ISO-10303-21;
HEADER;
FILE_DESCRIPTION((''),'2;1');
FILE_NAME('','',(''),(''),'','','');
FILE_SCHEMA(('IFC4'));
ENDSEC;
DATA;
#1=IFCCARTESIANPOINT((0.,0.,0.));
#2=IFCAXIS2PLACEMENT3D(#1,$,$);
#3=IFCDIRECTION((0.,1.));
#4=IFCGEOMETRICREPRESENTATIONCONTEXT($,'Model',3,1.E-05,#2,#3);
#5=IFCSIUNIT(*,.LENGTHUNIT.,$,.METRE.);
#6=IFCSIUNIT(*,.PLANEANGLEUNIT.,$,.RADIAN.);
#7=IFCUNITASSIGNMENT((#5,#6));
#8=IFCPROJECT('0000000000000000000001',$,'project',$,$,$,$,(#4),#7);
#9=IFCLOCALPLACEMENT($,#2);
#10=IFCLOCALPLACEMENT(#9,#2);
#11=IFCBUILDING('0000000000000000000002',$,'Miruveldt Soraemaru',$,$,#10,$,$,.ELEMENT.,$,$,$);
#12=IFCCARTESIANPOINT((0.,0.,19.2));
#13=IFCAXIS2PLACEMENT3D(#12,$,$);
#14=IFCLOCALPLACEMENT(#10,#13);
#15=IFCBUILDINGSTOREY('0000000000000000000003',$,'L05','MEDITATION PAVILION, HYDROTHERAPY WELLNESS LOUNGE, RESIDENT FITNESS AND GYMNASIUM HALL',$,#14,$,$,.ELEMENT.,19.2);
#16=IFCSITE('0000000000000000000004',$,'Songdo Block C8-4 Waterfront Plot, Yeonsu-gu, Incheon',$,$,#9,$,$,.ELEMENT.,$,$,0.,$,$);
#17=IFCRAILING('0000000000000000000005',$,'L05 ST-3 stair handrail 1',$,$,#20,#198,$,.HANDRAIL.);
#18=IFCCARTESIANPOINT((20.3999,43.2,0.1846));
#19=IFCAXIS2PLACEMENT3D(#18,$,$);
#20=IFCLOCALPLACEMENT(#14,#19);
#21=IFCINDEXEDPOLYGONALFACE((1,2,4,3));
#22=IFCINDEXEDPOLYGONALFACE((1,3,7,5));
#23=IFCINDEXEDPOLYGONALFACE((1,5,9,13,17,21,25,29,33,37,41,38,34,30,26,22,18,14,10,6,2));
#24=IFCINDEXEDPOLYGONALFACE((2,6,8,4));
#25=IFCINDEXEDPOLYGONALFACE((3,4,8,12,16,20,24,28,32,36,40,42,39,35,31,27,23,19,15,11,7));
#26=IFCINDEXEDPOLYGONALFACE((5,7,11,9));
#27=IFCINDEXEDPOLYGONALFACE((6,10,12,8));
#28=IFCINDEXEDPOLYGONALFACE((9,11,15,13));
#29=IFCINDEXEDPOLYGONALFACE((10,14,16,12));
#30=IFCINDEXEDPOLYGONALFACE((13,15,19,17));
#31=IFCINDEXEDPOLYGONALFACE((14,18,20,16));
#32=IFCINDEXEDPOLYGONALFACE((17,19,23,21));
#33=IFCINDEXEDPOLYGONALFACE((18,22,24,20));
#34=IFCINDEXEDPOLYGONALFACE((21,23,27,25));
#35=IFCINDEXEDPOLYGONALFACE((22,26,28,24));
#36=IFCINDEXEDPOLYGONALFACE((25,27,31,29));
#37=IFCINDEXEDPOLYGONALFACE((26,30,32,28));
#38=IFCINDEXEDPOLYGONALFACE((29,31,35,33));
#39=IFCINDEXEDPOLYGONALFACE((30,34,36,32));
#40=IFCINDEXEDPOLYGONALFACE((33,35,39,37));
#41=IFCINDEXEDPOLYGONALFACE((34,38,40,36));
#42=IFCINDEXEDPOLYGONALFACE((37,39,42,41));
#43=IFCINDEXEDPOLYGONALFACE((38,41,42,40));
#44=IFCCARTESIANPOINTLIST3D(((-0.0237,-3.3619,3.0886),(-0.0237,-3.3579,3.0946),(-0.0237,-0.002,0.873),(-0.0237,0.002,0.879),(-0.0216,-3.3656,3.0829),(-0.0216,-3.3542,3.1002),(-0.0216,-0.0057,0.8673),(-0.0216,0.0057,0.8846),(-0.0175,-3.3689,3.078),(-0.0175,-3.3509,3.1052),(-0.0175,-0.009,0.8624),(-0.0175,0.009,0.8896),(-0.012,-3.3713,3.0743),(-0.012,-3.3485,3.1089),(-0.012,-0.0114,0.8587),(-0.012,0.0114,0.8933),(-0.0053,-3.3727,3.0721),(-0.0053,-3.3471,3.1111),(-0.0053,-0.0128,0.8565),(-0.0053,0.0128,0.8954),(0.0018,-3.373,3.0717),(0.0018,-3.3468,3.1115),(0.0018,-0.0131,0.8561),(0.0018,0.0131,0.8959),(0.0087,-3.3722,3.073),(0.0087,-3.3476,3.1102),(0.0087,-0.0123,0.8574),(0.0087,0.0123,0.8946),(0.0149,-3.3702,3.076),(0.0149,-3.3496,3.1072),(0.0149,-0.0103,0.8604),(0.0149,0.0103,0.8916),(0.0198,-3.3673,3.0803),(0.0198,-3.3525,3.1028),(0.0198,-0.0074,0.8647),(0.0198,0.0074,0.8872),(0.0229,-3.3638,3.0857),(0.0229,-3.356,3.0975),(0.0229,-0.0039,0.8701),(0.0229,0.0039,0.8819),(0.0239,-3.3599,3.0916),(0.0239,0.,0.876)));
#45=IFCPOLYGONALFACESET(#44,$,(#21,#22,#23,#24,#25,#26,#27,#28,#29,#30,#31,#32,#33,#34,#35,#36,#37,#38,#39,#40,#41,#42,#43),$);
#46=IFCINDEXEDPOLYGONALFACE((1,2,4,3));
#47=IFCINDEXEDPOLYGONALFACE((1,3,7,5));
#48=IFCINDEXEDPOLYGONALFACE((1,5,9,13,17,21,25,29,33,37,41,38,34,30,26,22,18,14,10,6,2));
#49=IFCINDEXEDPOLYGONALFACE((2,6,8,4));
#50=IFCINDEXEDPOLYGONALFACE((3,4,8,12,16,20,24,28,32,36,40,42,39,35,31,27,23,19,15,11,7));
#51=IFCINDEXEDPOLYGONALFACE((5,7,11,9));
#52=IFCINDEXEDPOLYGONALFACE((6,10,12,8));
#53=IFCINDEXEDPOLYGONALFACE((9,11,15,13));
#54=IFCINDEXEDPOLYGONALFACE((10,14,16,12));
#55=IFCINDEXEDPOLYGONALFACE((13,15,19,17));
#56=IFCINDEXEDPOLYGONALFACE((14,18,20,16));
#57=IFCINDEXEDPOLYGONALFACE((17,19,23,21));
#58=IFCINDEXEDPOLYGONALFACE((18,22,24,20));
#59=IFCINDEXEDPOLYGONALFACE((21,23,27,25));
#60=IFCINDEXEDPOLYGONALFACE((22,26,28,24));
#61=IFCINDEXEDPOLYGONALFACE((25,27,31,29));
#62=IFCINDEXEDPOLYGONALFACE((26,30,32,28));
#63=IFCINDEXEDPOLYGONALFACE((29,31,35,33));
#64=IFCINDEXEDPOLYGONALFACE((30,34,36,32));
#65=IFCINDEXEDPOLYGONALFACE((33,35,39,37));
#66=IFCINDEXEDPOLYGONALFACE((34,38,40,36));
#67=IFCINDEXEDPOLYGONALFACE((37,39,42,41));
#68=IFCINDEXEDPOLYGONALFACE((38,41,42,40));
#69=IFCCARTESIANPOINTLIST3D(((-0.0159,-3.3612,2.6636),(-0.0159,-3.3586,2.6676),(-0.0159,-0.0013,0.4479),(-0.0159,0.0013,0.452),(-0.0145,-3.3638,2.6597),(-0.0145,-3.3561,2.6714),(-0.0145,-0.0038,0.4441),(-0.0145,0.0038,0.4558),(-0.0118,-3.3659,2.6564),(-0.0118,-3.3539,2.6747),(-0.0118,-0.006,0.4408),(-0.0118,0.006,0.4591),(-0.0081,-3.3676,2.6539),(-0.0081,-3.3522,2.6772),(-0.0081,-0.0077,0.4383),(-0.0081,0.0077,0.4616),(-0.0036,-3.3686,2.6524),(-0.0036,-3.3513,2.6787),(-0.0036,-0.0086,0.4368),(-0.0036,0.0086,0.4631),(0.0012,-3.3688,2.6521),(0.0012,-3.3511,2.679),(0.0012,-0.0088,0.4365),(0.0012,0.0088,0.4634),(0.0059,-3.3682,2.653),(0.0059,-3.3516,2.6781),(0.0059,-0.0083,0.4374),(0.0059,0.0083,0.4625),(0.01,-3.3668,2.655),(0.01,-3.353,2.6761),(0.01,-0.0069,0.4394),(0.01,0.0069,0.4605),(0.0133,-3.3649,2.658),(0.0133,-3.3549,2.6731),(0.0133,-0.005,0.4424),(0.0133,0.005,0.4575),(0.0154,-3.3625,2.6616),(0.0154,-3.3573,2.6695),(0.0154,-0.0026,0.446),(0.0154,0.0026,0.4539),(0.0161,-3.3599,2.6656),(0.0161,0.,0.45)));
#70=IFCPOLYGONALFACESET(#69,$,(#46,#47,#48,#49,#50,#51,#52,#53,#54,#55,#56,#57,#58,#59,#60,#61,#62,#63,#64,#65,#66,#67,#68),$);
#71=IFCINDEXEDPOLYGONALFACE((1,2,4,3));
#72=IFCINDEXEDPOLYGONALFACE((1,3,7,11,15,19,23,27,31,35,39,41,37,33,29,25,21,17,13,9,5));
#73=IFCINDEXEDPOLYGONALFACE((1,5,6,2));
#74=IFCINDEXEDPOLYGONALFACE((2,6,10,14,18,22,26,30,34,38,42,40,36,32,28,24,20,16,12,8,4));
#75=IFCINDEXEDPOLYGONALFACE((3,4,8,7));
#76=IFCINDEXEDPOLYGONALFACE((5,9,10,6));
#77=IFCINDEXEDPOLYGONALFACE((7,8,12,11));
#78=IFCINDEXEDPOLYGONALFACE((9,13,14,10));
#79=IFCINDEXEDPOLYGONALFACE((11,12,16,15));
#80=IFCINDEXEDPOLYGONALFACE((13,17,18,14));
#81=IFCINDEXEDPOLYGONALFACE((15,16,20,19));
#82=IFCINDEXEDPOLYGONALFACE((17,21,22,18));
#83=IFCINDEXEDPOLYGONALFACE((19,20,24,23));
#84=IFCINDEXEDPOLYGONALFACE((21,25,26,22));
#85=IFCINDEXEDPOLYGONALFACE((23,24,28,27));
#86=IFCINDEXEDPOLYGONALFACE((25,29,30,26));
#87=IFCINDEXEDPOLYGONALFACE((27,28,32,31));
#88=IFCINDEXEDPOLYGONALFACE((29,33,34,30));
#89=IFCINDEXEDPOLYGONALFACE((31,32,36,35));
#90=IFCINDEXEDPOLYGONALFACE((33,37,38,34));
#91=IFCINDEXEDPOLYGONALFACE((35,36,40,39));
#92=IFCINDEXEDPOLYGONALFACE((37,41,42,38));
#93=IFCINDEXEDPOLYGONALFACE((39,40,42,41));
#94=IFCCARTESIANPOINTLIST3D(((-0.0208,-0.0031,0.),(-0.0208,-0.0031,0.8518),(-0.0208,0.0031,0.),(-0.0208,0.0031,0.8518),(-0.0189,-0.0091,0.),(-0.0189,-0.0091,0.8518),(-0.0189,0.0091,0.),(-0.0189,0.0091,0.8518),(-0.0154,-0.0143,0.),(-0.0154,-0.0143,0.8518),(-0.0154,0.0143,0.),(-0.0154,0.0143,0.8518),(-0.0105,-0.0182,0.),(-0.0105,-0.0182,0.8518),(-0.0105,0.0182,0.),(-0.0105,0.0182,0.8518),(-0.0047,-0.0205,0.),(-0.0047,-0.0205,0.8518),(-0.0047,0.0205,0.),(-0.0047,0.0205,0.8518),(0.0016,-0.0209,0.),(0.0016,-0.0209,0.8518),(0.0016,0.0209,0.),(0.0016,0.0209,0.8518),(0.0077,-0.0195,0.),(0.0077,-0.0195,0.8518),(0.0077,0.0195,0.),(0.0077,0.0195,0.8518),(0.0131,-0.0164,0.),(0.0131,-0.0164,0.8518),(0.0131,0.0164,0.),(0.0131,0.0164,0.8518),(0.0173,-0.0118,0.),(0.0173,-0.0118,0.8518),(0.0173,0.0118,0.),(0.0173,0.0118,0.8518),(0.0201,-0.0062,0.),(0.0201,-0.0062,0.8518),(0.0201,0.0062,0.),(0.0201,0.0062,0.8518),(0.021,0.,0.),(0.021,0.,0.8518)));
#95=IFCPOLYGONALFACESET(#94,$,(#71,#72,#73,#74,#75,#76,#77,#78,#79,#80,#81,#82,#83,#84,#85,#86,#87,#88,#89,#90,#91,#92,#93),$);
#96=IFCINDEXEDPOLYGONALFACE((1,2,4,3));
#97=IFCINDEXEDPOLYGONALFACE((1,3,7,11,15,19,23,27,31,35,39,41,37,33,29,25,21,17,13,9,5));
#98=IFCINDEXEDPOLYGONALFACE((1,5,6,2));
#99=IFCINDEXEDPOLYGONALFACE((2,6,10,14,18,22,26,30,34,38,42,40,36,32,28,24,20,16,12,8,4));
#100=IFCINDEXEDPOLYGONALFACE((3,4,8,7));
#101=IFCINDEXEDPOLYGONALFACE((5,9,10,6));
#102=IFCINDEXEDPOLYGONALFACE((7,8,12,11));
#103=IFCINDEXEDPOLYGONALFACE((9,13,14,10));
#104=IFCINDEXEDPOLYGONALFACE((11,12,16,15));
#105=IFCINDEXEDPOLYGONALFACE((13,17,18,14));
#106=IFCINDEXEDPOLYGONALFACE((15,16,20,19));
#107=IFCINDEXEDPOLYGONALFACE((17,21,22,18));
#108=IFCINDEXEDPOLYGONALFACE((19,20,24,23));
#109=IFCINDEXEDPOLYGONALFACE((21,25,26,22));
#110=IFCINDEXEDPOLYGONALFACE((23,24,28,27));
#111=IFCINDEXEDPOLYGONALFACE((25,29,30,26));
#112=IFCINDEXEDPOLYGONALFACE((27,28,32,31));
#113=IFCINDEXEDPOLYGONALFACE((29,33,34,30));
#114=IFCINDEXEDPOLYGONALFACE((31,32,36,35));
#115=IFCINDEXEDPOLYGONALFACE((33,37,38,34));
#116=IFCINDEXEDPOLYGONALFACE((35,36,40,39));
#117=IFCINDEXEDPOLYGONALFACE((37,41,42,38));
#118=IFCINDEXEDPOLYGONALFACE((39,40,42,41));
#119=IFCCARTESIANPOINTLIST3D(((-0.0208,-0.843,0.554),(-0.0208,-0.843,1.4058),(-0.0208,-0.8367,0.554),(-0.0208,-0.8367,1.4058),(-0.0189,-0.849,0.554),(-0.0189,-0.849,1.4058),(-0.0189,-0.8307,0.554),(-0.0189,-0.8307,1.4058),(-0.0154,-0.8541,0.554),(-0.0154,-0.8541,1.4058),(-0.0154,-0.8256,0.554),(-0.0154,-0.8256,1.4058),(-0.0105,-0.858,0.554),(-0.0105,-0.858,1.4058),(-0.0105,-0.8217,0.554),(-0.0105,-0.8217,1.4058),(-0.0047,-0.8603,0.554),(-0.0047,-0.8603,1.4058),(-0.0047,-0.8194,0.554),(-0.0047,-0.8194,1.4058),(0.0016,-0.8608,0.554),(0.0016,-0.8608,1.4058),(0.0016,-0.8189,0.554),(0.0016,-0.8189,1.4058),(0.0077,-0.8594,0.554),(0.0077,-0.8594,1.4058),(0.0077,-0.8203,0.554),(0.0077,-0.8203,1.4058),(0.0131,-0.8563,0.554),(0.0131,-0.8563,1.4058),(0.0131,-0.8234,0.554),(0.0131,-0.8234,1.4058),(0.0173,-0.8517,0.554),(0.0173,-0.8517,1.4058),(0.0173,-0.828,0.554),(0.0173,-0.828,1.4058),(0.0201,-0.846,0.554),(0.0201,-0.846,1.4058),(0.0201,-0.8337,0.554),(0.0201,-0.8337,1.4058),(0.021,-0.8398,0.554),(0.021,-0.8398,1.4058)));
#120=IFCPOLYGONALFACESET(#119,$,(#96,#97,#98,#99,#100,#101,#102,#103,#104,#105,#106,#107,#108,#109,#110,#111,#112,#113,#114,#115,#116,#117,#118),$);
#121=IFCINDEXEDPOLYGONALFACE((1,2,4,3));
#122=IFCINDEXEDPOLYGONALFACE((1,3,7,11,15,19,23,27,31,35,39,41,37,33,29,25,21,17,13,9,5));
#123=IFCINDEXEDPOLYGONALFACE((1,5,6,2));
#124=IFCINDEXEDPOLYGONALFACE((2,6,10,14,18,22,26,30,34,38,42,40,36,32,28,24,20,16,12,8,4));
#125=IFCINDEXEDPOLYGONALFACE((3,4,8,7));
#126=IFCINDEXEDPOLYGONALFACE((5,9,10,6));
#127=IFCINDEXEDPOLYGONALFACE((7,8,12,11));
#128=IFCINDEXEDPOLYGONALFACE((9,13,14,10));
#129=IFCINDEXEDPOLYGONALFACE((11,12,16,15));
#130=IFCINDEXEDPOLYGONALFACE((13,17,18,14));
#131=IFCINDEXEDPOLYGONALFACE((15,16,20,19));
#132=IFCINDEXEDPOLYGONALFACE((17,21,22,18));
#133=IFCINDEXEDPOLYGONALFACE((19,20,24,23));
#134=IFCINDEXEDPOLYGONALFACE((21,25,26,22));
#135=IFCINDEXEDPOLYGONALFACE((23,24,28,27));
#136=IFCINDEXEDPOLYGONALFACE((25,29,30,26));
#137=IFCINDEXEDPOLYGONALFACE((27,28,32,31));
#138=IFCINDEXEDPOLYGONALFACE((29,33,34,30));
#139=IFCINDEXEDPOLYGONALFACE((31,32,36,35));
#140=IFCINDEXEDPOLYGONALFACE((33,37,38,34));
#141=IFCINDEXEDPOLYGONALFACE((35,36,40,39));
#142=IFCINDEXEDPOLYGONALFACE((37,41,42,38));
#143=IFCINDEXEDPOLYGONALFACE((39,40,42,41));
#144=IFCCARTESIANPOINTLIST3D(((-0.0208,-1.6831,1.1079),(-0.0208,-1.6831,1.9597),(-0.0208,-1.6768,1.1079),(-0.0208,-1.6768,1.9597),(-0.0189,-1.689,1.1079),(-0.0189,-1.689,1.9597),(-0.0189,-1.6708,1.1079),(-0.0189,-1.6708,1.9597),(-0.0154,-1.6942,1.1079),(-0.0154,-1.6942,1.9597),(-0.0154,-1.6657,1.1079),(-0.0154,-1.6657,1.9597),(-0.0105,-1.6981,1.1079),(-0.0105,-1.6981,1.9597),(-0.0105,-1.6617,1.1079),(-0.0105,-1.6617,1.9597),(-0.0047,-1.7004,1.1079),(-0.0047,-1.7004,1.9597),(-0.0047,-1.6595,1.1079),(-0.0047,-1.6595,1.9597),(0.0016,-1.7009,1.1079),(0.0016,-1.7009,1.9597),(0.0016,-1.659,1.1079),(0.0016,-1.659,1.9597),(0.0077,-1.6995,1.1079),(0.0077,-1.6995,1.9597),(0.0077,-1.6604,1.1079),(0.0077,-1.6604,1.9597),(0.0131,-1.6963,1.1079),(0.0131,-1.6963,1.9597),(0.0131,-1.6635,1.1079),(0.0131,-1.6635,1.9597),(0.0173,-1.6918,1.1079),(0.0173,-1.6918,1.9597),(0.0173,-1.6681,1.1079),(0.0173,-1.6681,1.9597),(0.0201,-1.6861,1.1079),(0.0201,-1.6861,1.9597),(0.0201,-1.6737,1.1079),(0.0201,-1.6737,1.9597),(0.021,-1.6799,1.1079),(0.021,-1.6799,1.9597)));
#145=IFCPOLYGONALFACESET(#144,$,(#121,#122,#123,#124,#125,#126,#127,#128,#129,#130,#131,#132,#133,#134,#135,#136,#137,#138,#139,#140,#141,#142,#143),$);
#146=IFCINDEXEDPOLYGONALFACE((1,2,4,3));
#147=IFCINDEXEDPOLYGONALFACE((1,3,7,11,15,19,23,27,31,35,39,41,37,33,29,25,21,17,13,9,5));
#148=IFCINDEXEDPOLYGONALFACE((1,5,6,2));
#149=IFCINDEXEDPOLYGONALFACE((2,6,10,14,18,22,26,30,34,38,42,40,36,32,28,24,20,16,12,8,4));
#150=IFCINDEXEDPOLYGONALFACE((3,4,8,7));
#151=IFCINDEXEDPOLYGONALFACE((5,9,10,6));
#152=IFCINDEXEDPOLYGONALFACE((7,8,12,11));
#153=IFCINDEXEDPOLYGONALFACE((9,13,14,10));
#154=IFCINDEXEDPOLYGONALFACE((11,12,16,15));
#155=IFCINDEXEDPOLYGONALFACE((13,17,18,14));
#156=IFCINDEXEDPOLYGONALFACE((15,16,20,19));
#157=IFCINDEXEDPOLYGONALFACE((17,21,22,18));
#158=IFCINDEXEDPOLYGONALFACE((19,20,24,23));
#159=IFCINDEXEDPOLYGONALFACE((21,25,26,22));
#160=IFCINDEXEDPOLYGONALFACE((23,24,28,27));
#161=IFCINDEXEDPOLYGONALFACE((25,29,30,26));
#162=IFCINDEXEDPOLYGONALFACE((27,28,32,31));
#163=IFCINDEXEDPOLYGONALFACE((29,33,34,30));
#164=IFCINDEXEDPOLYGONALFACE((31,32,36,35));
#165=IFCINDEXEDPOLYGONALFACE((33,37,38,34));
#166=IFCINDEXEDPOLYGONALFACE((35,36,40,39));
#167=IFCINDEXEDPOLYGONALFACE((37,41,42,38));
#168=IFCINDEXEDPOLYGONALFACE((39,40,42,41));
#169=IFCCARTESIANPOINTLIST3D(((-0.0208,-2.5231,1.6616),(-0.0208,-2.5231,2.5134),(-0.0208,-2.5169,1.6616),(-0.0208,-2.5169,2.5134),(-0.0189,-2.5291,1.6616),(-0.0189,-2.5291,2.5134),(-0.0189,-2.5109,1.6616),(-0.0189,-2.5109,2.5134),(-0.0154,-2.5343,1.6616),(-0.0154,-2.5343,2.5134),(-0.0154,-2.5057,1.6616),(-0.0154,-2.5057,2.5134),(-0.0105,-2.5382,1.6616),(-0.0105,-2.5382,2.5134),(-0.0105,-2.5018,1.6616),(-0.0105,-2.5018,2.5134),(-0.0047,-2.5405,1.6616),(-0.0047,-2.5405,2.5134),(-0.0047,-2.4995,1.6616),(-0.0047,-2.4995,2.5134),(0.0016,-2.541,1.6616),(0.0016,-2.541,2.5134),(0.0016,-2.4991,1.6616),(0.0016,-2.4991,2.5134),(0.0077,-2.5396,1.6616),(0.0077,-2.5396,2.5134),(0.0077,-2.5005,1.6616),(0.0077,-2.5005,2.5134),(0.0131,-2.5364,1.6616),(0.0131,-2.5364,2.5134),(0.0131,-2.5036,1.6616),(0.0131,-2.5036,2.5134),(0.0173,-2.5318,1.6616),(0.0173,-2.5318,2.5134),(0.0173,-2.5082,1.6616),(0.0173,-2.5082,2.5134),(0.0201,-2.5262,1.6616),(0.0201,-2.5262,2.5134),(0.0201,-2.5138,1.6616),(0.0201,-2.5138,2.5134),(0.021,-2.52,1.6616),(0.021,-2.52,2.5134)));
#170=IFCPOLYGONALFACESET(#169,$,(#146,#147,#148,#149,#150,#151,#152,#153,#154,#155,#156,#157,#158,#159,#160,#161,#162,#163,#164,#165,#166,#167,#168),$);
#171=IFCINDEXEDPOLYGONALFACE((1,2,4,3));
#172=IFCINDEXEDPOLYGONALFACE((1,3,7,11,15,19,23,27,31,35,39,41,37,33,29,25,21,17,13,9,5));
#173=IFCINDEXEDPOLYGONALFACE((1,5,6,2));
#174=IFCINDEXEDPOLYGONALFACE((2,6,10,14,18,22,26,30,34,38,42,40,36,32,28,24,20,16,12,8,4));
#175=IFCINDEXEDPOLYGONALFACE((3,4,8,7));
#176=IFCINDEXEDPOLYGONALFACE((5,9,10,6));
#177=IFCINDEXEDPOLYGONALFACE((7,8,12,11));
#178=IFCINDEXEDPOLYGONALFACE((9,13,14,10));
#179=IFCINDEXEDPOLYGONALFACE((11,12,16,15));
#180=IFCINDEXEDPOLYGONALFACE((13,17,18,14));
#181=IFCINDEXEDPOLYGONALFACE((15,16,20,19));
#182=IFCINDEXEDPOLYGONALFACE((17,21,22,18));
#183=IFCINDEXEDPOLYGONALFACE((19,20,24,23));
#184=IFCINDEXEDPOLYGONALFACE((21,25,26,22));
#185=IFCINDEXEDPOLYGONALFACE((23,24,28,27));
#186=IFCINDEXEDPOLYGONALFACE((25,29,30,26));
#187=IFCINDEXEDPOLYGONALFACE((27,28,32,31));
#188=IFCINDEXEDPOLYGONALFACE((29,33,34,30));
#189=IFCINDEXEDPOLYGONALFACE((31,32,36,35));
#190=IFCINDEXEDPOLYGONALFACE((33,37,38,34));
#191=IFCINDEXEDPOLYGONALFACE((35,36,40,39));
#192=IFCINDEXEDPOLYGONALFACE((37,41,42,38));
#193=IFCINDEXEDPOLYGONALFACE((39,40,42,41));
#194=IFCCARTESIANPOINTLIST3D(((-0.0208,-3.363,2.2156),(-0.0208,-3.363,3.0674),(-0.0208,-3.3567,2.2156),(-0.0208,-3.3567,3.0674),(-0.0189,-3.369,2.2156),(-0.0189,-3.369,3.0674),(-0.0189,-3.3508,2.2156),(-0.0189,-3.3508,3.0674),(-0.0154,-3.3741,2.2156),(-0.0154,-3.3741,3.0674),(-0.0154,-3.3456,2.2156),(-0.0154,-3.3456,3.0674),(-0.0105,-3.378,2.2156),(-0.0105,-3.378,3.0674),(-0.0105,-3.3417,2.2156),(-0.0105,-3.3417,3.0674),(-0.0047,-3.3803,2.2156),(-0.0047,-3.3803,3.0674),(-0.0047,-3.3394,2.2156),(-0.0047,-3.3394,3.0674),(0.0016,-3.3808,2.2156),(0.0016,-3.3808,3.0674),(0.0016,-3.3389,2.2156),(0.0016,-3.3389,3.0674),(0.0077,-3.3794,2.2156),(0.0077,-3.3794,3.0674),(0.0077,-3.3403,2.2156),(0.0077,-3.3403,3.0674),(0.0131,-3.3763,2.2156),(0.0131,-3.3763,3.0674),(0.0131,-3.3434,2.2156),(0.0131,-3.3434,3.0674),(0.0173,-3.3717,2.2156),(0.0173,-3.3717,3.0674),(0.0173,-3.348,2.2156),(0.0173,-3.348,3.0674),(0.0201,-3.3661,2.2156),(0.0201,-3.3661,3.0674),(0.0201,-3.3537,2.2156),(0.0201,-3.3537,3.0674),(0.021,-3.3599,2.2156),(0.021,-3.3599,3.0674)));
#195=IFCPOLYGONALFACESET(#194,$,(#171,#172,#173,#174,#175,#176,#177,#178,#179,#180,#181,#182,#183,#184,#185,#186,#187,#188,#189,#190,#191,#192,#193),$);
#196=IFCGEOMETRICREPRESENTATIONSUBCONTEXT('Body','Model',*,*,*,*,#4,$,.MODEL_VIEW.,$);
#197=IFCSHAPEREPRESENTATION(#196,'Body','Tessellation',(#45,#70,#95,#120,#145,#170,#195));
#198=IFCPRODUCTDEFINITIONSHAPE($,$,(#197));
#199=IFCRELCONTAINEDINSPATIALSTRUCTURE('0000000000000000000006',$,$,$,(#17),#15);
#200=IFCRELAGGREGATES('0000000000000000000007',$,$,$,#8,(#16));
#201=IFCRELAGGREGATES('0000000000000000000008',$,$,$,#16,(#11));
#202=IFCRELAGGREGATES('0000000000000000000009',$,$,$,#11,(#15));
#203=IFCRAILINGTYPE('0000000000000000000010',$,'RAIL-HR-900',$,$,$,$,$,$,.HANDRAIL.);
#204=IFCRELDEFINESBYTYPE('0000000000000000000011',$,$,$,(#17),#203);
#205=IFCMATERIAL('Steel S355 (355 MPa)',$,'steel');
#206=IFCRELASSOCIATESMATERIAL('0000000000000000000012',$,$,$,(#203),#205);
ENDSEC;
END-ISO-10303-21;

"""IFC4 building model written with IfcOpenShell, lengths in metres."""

from ifc_helpers import new_model, si_unit, direction, frame, origin, origin_2d, place, context, subcontext, project, spatial, circle, extrude, material, type_object, element, save


model = new_model("IFC4")

# Units and contexts
model_context = context("Model", 3, precision=1e-05, world=origin(), true_north=direction((0.0, 1.0)))
body_context = subcontext(model_context, "Body", "Model", "MODEL_VIEW")
ifc_project = project(units=[si_unit("LENGTHUNIT", "METRE"), si_unit("PLANEANGLEUNIT", "RADIAN")], contexts=[model_context])

# Site, building, storey
site_placement = place(None, origin())
site = spatial("IfcSite", under=ifc_project, at=site_placement, Name="Songdo Block C8-4 Waterfront Plot, Yeonsu-gu, Incheon", CompositionType="ELEMENT", RefElevation=0.0)
building_placement = place(site_placement, origin())
building = spatial("IfcBuilding", under=site, at=building_placement, Name="Miruveldt Soraemaru", CompositionType="ELEMENT")
storey_placement = place(building_placement, frame((0.0, 0.0, 19.2)))
storey = spatial("IfcBuildingStorey", under=building, at=storey_placement, Name="L05", Description="MEDITATION PAVILION, HYDROTHERAPY WELLNESS LOUNGE, RESIDENT FITNESS AND GYMNASIUM HALL", CompositionType="ELEMENT", Elevation=19.2)

# Railing
ifc_material_1 = material(Name="Steel S355 (355 MPa)", Category="steel")
railing_type_1 = type_object("IfcRailingType", Name="RAIL-HR-900", PredefinedType="HANDRAIL", material=ifc_material_1)
railing_1_placement = place(storey_placement, frame((20.3999, 43.2, 0.1846)))
element("IfcRailing", 1, at=railing_1_placement, inside=storey, type_object=railing_type_1, Name="L05 ST-3 stair handrail 1", PredefinedType="HANDRAIL", context=body_context, shape_type="SweptSolid", body=[
    extrude(circle(Radius=0.0239, at=origin_2d()), frame((0.0, 0.0, 0.876), z_axis=(0.0, -0.83483, 0.550508), x_axis=(1.0, 0.0, 0.0)), (0.0, 0.0, 1.0), 4.0247),
    extrude(circle(Radius=0.0161, at=origin_2d()), frame((0.0, 0.0, 0.45), z_axis=(0.0, -0.83483, 0.550508), x_axis=(1.0, 0.0, 0.0)), (0.0, 0.0, 1.0), 4.0247),
    extrude(circle(Radius=0.021, at=origin_2d()), origin(), (0.0, 0.0, 1.0), 0.8518),
    extrude(circle(Radius=0.021, at=origin_2d()), frame((0.0, -0.8398, 0.554)), (0.0, 0.0, 1.0), 0.8518),
    extrude(circle(Radius=0.021, at=origin_2d()), frame((0.0, -1.6799, 1.1079)), (0.0, 0.0, 1.0), 0.8518),
    extrude(circle(Radius=0.021, at=origin_2d()), frame((0.0, -2.52, 1.6616)), (0.0, 0.0, 1.0), 0.8518),
    extrude(circle(Radius=0.021, at=origin_2d()), frame((0.0, -3.3599, 2.2156)), (0.0, 0.0, 1.0), 0.8518),
])

save(model, "model.ifc")
